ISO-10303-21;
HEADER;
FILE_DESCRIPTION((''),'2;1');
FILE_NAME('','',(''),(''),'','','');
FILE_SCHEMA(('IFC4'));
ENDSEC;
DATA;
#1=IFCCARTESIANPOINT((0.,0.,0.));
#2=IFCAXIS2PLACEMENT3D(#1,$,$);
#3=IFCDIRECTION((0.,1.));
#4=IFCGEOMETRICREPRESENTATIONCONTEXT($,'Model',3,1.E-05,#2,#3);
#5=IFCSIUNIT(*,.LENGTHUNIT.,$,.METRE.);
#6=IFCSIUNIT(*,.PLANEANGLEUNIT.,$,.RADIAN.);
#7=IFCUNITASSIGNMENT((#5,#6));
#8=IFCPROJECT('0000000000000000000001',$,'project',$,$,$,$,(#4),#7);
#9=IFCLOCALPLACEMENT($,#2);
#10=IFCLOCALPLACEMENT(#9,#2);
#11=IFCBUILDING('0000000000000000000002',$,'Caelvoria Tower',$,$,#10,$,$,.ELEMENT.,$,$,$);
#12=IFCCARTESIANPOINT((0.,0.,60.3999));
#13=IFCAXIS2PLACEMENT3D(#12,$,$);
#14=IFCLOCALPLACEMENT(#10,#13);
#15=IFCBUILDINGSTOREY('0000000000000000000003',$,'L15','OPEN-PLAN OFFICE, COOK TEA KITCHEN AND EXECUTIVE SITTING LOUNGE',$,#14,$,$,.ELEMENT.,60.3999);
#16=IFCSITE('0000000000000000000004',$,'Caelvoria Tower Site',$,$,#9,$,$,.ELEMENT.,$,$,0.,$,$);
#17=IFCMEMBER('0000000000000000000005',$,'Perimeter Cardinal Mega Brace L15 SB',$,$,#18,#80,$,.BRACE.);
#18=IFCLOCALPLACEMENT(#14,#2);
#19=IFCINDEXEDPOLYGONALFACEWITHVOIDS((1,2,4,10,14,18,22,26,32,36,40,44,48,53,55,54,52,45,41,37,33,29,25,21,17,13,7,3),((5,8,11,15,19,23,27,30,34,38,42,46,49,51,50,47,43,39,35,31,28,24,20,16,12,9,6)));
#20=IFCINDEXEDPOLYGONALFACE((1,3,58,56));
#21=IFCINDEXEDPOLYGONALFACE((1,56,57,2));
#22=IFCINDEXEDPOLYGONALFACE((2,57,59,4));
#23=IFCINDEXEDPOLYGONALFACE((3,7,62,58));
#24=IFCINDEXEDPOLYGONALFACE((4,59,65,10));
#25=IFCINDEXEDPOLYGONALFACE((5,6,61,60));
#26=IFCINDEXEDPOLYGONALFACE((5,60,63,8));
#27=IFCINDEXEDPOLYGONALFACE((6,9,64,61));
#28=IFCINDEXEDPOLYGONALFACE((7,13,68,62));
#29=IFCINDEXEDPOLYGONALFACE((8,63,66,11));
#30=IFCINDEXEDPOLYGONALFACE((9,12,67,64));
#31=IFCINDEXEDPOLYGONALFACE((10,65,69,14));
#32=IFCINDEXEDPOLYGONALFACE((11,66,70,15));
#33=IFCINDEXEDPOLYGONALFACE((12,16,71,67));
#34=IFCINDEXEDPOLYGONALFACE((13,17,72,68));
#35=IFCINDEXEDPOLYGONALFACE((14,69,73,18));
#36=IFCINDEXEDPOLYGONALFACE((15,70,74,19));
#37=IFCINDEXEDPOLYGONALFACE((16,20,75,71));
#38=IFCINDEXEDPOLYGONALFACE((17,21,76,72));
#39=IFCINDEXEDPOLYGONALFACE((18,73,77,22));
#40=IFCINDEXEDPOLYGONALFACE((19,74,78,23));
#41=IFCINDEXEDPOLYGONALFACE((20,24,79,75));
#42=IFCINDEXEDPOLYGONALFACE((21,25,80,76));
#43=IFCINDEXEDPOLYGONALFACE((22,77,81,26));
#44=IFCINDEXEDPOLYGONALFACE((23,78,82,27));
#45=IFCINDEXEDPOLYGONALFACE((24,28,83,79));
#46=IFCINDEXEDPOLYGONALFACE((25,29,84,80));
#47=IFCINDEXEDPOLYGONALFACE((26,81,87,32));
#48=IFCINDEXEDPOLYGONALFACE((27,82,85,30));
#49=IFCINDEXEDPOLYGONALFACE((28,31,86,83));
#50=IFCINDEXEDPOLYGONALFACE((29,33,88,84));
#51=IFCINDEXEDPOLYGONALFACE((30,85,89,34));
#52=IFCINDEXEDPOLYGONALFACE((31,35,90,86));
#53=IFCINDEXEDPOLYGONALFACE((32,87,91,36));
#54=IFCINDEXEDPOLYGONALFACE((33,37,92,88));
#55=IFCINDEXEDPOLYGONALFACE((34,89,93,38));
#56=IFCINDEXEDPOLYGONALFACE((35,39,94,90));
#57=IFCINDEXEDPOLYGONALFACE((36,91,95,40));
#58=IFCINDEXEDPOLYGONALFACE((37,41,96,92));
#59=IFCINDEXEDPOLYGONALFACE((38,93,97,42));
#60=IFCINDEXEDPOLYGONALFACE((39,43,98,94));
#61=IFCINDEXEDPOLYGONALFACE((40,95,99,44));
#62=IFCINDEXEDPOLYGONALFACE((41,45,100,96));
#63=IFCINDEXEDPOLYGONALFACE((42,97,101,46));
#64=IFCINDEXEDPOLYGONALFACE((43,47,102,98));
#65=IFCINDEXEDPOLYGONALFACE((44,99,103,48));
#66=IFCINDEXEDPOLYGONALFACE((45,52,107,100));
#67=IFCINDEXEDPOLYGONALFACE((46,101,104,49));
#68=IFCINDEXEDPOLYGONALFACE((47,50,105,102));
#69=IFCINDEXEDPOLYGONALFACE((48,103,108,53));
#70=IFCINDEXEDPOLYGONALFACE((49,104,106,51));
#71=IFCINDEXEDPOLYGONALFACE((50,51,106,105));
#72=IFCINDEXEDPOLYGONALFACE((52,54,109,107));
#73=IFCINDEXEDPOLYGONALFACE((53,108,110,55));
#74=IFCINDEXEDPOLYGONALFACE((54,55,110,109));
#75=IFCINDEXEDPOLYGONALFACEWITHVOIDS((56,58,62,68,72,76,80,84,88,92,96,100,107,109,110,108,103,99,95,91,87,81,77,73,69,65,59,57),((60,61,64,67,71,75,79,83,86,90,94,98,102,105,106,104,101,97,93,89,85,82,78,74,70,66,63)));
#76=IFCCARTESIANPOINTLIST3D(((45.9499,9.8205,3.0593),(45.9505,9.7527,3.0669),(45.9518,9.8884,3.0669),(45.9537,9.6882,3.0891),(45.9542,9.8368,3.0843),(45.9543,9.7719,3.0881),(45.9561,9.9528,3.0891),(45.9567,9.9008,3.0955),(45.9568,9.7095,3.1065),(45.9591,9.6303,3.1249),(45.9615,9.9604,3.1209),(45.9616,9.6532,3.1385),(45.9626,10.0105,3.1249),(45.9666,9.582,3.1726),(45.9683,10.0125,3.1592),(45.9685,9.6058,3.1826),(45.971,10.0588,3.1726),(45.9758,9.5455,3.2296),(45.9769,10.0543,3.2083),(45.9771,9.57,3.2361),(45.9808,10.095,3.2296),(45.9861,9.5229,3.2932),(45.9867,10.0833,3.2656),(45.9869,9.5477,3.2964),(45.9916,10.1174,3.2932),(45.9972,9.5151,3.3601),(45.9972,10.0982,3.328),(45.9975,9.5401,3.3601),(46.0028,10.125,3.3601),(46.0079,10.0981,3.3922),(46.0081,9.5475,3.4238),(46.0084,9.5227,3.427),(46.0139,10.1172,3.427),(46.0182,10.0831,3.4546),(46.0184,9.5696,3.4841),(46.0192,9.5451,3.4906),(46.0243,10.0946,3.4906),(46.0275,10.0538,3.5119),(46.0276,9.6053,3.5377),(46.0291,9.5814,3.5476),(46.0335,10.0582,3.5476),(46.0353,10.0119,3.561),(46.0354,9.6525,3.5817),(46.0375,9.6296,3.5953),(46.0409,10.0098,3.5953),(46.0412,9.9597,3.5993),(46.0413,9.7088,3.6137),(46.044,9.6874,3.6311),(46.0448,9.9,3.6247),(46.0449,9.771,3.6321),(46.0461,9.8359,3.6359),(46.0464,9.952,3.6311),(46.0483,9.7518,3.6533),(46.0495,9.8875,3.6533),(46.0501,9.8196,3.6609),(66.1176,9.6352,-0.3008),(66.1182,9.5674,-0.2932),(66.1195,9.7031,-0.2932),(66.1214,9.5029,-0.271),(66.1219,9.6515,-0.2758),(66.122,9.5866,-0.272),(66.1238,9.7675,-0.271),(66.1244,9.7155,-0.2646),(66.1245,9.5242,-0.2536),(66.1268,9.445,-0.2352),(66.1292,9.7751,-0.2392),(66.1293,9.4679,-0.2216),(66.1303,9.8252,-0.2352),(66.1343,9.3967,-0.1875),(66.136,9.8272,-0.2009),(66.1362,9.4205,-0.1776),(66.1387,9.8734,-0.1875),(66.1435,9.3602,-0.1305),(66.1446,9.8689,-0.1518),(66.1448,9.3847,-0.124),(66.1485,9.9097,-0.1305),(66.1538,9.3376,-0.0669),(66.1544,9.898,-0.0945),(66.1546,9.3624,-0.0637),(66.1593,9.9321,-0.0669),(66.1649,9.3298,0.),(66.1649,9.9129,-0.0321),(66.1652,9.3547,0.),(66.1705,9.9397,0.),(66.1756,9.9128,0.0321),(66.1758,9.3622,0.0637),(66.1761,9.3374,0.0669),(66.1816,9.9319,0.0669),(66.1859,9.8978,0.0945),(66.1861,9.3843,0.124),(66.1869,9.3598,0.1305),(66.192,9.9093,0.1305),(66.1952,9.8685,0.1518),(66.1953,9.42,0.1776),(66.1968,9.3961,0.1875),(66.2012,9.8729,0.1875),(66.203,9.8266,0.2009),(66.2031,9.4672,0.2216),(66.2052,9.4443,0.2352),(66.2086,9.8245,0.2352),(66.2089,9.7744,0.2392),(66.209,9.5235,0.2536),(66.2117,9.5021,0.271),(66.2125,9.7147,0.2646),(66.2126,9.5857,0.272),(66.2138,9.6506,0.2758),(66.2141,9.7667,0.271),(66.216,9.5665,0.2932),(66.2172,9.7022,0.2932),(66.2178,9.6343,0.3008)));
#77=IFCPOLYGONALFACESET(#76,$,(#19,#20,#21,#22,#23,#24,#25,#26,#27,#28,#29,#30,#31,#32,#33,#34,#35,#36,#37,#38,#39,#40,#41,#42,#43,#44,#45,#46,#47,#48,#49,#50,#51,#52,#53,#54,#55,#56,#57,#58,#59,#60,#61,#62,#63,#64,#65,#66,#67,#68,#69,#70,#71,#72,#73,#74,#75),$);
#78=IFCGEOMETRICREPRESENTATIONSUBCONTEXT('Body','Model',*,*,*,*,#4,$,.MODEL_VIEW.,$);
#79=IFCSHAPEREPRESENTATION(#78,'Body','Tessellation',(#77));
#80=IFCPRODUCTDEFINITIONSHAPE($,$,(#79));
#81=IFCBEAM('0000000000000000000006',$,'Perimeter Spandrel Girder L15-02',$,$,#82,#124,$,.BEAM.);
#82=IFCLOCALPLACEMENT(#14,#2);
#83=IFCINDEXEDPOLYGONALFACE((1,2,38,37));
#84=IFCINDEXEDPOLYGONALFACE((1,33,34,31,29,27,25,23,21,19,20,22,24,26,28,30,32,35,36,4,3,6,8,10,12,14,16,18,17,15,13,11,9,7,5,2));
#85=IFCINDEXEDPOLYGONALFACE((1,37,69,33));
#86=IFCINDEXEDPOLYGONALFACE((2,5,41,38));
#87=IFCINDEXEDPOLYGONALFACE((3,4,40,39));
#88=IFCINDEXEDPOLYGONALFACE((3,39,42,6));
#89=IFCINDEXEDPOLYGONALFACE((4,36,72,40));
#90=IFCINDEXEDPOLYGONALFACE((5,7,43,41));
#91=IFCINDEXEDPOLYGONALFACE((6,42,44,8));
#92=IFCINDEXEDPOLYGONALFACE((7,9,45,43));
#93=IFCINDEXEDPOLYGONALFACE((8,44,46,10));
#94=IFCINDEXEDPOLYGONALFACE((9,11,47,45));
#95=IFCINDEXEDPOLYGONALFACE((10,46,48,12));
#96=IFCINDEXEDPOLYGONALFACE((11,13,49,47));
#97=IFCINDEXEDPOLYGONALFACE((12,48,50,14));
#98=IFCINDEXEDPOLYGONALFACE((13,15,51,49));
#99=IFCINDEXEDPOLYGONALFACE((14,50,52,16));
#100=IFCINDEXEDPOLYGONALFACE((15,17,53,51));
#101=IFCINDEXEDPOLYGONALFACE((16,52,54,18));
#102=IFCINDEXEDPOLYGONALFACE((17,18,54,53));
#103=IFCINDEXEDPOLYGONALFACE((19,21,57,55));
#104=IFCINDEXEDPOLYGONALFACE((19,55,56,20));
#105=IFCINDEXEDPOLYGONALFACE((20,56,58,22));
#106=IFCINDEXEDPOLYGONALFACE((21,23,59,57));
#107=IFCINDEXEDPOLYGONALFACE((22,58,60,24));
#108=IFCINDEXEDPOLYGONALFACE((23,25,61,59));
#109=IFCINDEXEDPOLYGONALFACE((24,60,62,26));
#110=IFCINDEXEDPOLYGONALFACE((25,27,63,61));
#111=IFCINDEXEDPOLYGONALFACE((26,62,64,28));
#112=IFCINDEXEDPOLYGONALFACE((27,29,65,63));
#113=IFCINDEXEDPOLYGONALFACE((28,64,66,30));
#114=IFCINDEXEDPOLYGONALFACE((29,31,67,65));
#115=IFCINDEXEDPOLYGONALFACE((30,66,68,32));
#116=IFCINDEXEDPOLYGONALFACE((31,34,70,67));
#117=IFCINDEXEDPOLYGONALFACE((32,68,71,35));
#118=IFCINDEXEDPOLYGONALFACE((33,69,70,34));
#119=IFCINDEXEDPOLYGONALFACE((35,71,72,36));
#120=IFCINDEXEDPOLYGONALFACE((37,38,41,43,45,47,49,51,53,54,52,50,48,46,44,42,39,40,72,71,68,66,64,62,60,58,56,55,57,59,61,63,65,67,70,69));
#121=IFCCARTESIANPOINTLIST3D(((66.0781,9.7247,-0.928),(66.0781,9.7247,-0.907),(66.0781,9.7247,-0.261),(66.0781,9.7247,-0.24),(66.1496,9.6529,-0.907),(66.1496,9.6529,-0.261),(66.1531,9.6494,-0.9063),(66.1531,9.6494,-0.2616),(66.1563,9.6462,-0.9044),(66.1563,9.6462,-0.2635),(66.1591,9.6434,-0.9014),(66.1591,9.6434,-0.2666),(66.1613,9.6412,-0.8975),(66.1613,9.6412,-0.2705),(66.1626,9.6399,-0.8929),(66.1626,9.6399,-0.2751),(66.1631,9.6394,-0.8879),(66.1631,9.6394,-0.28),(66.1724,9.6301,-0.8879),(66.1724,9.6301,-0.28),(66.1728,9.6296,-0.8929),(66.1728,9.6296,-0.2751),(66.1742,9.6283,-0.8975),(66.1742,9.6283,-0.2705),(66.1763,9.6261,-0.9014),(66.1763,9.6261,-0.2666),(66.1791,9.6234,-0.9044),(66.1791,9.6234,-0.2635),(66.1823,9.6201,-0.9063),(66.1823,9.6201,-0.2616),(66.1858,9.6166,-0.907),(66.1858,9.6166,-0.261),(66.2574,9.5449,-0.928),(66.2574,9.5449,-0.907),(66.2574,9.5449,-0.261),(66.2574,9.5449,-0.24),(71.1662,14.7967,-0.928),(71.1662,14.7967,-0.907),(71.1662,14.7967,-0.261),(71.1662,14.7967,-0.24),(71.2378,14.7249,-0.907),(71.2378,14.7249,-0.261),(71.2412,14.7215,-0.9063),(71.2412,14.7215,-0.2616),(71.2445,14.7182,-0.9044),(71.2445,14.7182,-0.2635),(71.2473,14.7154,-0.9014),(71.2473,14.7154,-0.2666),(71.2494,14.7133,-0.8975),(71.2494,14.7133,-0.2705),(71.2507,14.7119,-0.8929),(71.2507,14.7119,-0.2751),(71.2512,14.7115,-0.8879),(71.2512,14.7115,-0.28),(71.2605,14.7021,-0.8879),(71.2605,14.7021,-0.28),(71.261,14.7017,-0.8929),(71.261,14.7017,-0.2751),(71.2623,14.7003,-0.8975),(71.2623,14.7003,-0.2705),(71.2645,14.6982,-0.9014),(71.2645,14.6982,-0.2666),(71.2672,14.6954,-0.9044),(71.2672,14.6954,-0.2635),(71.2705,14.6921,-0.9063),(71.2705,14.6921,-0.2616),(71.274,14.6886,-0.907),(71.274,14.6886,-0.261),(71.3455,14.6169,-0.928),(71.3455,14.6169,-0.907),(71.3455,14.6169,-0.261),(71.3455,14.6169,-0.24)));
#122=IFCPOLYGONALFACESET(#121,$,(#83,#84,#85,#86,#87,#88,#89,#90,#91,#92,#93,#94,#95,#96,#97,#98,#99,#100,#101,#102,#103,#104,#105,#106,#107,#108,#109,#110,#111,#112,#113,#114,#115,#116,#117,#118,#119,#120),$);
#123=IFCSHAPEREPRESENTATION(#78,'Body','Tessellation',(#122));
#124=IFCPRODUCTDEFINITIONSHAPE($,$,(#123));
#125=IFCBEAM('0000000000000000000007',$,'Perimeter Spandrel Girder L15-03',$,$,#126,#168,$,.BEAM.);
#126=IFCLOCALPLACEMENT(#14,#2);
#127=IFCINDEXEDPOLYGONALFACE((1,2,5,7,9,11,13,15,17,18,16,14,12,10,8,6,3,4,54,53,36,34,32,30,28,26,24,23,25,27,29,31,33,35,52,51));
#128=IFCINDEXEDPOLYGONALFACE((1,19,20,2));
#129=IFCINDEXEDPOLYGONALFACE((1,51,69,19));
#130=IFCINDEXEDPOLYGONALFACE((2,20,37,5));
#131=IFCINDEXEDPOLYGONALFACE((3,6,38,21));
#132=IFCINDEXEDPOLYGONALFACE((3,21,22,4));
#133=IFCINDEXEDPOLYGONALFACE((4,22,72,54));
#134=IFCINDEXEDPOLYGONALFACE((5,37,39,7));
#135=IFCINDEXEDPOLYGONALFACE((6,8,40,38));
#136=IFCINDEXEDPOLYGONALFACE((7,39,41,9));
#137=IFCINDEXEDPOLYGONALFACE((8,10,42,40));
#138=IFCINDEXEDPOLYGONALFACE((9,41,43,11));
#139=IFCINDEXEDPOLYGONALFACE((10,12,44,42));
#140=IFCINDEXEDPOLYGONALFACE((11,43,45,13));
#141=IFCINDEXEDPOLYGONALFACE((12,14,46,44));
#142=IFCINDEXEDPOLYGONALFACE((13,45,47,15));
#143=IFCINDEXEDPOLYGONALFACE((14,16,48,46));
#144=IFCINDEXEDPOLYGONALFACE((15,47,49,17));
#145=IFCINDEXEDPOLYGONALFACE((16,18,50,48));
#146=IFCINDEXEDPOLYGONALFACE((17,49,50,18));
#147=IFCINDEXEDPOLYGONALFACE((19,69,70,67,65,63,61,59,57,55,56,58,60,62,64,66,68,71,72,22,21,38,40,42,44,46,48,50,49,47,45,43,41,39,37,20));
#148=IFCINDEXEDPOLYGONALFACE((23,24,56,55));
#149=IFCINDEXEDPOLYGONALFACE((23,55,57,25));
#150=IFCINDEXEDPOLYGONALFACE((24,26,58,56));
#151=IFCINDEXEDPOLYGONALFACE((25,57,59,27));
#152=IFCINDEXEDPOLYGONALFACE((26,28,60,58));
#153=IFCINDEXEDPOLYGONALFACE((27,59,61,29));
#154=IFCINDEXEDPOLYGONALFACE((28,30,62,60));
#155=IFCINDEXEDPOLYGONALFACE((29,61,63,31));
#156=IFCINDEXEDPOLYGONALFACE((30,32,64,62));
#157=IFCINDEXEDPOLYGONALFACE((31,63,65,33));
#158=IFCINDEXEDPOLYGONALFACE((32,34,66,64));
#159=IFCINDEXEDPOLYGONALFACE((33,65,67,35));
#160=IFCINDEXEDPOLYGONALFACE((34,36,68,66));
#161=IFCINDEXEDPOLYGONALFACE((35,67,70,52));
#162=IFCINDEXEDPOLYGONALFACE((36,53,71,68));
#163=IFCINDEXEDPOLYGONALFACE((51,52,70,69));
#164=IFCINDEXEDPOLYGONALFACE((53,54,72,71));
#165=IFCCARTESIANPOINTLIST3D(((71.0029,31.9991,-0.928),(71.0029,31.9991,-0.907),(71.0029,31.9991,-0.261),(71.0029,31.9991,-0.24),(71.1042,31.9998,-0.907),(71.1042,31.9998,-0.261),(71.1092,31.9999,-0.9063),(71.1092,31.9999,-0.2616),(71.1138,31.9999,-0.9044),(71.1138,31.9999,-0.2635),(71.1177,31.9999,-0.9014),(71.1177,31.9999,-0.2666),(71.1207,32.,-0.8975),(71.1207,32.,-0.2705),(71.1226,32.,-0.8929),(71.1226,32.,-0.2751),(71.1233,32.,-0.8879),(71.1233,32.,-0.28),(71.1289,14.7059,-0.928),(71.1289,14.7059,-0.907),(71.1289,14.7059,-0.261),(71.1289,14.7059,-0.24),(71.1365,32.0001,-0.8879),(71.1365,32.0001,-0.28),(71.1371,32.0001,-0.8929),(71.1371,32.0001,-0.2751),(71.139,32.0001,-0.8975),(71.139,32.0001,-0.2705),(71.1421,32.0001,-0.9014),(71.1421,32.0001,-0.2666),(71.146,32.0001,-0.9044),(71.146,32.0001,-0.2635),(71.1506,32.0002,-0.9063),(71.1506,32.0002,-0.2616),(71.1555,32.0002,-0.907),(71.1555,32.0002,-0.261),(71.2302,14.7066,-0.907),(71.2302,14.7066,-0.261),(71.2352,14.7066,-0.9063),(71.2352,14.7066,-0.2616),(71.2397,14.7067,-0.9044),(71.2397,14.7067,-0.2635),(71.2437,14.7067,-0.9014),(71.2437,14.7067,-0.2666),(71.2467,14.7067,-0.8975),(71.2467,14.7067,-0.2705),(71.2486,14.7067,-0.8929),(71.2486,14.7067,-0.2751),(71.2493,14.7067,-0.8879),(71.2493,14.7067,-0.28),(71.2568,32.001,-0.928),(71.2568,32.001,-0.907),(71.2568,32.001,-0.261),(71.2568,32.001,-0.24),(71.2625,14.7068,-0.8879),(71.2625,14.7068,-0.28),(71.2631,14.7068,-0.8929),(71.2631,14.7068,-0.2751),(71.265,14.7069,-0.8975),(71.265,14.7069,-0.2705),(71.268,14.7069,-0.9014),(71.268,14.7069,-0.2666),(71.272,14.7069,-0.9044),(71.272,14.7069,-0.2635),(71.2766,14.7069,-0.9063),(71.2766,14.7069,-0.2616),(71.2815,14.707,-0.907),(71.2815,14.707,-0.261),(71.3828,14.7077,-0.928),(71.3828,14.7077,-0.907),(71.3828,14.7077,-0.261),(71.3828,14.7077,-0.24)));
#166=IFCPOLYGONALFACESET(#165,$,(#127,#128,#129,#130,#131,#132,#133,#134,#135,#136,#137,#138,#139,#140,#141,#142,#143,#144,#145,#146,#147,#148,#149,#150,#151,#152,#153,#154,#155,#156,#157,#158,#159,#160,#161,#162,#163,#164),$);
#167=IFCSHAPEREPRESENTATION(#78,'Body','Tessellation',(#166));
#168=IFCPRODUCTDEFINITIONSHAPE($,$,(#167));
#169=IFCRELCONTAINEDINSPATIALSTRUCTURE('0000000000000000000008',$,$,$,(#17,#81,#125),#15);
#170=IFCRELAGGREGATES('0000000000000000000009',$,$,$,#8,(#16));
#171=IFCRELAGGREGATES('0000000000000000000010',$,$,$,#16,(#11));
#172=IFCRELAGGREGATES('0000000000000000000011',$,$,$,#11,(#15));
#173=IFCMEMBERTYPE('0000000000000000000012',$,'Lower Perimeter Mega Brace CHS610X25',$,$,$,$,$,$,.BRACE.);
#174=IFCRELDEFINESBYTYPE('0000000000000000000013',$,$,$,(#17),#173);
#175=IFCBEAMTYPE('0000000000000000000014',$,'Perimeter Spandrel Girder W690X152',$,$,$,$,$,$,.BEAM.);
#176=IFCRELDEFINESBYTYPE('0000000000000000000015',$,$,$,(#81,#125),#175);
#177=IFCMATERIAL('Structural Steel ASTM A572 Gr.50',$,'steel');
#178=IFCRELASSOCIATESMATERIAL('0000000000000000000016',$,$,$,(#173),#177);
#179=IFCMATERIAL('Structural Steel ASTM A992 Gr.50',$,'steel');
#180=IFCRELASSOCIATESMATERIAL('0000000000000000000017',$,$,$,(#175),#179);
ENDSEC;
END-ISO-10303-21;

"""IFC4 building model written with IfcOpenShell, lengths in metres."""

from ifc_helpers import new_model, si_unit, direction, frame, origin, origin_2d, place, context, subcontext, project, spatial, hollow_circle, i_section, extrude, material, material_profile, profile_set, type_object, element, save


model = new_model("IFC4")

# Units and contexts
model_context = context("Model", 3, precision=1e-05, world=origin(), true_north=direction((0.0, 1.0)))
body_context = subcontext(model_context, "Body", "Model", "MODEL_VIEW")
ifc_project = project(units=[si_unit("LENGTHUNIT", "METRE"), si_unit("PLANEANGLEUNIT", "RADIAN")], contexts=[model_context])

# Site, building, storey
site_placement = place(None, origin())
site = spatial("IfcSite", under=ifc_project, at=site_placement, Name="Caelvoria Tower Site", CompositionType="ELEMENT", RefElevation=0.0)
building_placement = place(site_placement, origin())
building = spatial("IfcBuilding", under=site, at=building_placement, Name="Caelvoria Tower", CompositionType="ELEMENT")
storey_placement = place(building_placement, frame((0.0, 0.0, 60.3999)))
storey = spatial("IfcBuildingStorey", under=building, at=storey_placement, Name="L15", Description="OPEN-PLAN OFFICE, COOK TEA KITCHEN AND EXECUTIVE SITTING LOUNGE", CompositionType="ELEMENT", Elevation=60.3999)

# Shared definitions
ifc_material_1 = material(Name="Structural Steel ASTM A572 Gr.50", Category="steel")

# Shared definitions
ifc_material_2 = material(Name="Structural Steel ASTM A992 Gr.50", Category="steel")

# Member
ifc_material_profile_1 = material_profile(ifc_material_1, hollow_circle(Radius=0.3049, WallThickness=0.0249, at=origin_2d()), Name="Structural Steel ASTM A572 Gr.50")
ifc_profile_set_1 = profile_set([ifc_material_profile_1], Name="CHS610X25 - Structural Steel ASTM A572 Gr.50")
member_type = type_object("IfcMemberType", Name="Lower Perimeter Mega Brace CHS610X25", PredefinedType="BRACE", material=ifc_profile_set_1)
member_1_placement = place(storey_placement, frame((66.1677, 9.6348, 0.0), z_axis=(-0.986363, 0.009063, 0.164336), x_axis=(-0.009188, -0.999958, 0.0)))
element("IfcMember", 1, at=member_1_placement, inside=storey, type_object=member_type, Name="Perimeter Cardinal Mega Brace L15 SB", PredefinedType="BRACE", context=body_context, shape_type="SweptSolid", body=[
    extrude(hollow_circle(Radius=0.3049, WallThickness=0.0249, at=origin_2d()), origin(), (0.0, 0.0, 1.0), 20.4465),
])

# Beams
ifc_material_profile_2 = material_profile(ifc_material_2, i_section(OverallWidth=0.2539, OverallDepth=0.688, WebThickness=0.0132, FlangeThickness=0.021, FilletRadius=0.019, at=origin_2d()), Name="Structural Steel ASTM A992 Gr.50")
ifc_profile_set_2 = profile_set([ifc_material_profile_2], Name="W690X152 - Structural Steel ASTM A992 Gr.50")
beam_type_1 = type_object("IfcBeamType", Name="Perimeter Spandrel Girder W690X152", PredefinedType="BEAM", material=ifc_profile_set_2)
beam_1_placement = place(storey_placement, frame((66.1677, 9.6348, -0.584), z_axis=(0.708227, 0.705984, 0.0), x_axis=(-0.705984, 0.708227, 0.0)))
element("IfcBeam", 2, at=beam_1_placement, inside=storey, type_object=beam_type_1, Name="Perimeter Spandrel Girder L15-02", PredefinedType="BEAM", context=body_context, shape_type="SweptSolid", body=[
    extrude(i_section(OverallWidth=0.2539, OverallDepth=0.688, WebThickness=0.0132, FlangeThickness=0.021, FilletRadius=0.019, at=origin_2d()), origin(), (0.0, 0.0, 1.0), 7.1843),
])
beam_2_placement = place(storey_placement, frame((71.2559, 14.7068, -0.584), z_axis=(-0.007285, 0.999973, 0.0), x_axis=(-0.999973, -0.007285, 0.0)))
element("IfcBeam", 3, at=beam_2_placement, inside=storey, type_object=beam_type_1, Name="Perimeter Spandrel Girder L15-03", PredefinedType="BEAM", context=body_context, shape_type="SweptSolid", body=[
    extrude(i_section(OverallWidth=0.2539, OverallDepth=0.688, WebThickness=0.0132, FlangeThickness=0.021, FilletRadius=0.019, at=origin_2d()), origin(), (0.0, 0.0, 1.0), 17.2937),
])

save(model, "model.ifc")
